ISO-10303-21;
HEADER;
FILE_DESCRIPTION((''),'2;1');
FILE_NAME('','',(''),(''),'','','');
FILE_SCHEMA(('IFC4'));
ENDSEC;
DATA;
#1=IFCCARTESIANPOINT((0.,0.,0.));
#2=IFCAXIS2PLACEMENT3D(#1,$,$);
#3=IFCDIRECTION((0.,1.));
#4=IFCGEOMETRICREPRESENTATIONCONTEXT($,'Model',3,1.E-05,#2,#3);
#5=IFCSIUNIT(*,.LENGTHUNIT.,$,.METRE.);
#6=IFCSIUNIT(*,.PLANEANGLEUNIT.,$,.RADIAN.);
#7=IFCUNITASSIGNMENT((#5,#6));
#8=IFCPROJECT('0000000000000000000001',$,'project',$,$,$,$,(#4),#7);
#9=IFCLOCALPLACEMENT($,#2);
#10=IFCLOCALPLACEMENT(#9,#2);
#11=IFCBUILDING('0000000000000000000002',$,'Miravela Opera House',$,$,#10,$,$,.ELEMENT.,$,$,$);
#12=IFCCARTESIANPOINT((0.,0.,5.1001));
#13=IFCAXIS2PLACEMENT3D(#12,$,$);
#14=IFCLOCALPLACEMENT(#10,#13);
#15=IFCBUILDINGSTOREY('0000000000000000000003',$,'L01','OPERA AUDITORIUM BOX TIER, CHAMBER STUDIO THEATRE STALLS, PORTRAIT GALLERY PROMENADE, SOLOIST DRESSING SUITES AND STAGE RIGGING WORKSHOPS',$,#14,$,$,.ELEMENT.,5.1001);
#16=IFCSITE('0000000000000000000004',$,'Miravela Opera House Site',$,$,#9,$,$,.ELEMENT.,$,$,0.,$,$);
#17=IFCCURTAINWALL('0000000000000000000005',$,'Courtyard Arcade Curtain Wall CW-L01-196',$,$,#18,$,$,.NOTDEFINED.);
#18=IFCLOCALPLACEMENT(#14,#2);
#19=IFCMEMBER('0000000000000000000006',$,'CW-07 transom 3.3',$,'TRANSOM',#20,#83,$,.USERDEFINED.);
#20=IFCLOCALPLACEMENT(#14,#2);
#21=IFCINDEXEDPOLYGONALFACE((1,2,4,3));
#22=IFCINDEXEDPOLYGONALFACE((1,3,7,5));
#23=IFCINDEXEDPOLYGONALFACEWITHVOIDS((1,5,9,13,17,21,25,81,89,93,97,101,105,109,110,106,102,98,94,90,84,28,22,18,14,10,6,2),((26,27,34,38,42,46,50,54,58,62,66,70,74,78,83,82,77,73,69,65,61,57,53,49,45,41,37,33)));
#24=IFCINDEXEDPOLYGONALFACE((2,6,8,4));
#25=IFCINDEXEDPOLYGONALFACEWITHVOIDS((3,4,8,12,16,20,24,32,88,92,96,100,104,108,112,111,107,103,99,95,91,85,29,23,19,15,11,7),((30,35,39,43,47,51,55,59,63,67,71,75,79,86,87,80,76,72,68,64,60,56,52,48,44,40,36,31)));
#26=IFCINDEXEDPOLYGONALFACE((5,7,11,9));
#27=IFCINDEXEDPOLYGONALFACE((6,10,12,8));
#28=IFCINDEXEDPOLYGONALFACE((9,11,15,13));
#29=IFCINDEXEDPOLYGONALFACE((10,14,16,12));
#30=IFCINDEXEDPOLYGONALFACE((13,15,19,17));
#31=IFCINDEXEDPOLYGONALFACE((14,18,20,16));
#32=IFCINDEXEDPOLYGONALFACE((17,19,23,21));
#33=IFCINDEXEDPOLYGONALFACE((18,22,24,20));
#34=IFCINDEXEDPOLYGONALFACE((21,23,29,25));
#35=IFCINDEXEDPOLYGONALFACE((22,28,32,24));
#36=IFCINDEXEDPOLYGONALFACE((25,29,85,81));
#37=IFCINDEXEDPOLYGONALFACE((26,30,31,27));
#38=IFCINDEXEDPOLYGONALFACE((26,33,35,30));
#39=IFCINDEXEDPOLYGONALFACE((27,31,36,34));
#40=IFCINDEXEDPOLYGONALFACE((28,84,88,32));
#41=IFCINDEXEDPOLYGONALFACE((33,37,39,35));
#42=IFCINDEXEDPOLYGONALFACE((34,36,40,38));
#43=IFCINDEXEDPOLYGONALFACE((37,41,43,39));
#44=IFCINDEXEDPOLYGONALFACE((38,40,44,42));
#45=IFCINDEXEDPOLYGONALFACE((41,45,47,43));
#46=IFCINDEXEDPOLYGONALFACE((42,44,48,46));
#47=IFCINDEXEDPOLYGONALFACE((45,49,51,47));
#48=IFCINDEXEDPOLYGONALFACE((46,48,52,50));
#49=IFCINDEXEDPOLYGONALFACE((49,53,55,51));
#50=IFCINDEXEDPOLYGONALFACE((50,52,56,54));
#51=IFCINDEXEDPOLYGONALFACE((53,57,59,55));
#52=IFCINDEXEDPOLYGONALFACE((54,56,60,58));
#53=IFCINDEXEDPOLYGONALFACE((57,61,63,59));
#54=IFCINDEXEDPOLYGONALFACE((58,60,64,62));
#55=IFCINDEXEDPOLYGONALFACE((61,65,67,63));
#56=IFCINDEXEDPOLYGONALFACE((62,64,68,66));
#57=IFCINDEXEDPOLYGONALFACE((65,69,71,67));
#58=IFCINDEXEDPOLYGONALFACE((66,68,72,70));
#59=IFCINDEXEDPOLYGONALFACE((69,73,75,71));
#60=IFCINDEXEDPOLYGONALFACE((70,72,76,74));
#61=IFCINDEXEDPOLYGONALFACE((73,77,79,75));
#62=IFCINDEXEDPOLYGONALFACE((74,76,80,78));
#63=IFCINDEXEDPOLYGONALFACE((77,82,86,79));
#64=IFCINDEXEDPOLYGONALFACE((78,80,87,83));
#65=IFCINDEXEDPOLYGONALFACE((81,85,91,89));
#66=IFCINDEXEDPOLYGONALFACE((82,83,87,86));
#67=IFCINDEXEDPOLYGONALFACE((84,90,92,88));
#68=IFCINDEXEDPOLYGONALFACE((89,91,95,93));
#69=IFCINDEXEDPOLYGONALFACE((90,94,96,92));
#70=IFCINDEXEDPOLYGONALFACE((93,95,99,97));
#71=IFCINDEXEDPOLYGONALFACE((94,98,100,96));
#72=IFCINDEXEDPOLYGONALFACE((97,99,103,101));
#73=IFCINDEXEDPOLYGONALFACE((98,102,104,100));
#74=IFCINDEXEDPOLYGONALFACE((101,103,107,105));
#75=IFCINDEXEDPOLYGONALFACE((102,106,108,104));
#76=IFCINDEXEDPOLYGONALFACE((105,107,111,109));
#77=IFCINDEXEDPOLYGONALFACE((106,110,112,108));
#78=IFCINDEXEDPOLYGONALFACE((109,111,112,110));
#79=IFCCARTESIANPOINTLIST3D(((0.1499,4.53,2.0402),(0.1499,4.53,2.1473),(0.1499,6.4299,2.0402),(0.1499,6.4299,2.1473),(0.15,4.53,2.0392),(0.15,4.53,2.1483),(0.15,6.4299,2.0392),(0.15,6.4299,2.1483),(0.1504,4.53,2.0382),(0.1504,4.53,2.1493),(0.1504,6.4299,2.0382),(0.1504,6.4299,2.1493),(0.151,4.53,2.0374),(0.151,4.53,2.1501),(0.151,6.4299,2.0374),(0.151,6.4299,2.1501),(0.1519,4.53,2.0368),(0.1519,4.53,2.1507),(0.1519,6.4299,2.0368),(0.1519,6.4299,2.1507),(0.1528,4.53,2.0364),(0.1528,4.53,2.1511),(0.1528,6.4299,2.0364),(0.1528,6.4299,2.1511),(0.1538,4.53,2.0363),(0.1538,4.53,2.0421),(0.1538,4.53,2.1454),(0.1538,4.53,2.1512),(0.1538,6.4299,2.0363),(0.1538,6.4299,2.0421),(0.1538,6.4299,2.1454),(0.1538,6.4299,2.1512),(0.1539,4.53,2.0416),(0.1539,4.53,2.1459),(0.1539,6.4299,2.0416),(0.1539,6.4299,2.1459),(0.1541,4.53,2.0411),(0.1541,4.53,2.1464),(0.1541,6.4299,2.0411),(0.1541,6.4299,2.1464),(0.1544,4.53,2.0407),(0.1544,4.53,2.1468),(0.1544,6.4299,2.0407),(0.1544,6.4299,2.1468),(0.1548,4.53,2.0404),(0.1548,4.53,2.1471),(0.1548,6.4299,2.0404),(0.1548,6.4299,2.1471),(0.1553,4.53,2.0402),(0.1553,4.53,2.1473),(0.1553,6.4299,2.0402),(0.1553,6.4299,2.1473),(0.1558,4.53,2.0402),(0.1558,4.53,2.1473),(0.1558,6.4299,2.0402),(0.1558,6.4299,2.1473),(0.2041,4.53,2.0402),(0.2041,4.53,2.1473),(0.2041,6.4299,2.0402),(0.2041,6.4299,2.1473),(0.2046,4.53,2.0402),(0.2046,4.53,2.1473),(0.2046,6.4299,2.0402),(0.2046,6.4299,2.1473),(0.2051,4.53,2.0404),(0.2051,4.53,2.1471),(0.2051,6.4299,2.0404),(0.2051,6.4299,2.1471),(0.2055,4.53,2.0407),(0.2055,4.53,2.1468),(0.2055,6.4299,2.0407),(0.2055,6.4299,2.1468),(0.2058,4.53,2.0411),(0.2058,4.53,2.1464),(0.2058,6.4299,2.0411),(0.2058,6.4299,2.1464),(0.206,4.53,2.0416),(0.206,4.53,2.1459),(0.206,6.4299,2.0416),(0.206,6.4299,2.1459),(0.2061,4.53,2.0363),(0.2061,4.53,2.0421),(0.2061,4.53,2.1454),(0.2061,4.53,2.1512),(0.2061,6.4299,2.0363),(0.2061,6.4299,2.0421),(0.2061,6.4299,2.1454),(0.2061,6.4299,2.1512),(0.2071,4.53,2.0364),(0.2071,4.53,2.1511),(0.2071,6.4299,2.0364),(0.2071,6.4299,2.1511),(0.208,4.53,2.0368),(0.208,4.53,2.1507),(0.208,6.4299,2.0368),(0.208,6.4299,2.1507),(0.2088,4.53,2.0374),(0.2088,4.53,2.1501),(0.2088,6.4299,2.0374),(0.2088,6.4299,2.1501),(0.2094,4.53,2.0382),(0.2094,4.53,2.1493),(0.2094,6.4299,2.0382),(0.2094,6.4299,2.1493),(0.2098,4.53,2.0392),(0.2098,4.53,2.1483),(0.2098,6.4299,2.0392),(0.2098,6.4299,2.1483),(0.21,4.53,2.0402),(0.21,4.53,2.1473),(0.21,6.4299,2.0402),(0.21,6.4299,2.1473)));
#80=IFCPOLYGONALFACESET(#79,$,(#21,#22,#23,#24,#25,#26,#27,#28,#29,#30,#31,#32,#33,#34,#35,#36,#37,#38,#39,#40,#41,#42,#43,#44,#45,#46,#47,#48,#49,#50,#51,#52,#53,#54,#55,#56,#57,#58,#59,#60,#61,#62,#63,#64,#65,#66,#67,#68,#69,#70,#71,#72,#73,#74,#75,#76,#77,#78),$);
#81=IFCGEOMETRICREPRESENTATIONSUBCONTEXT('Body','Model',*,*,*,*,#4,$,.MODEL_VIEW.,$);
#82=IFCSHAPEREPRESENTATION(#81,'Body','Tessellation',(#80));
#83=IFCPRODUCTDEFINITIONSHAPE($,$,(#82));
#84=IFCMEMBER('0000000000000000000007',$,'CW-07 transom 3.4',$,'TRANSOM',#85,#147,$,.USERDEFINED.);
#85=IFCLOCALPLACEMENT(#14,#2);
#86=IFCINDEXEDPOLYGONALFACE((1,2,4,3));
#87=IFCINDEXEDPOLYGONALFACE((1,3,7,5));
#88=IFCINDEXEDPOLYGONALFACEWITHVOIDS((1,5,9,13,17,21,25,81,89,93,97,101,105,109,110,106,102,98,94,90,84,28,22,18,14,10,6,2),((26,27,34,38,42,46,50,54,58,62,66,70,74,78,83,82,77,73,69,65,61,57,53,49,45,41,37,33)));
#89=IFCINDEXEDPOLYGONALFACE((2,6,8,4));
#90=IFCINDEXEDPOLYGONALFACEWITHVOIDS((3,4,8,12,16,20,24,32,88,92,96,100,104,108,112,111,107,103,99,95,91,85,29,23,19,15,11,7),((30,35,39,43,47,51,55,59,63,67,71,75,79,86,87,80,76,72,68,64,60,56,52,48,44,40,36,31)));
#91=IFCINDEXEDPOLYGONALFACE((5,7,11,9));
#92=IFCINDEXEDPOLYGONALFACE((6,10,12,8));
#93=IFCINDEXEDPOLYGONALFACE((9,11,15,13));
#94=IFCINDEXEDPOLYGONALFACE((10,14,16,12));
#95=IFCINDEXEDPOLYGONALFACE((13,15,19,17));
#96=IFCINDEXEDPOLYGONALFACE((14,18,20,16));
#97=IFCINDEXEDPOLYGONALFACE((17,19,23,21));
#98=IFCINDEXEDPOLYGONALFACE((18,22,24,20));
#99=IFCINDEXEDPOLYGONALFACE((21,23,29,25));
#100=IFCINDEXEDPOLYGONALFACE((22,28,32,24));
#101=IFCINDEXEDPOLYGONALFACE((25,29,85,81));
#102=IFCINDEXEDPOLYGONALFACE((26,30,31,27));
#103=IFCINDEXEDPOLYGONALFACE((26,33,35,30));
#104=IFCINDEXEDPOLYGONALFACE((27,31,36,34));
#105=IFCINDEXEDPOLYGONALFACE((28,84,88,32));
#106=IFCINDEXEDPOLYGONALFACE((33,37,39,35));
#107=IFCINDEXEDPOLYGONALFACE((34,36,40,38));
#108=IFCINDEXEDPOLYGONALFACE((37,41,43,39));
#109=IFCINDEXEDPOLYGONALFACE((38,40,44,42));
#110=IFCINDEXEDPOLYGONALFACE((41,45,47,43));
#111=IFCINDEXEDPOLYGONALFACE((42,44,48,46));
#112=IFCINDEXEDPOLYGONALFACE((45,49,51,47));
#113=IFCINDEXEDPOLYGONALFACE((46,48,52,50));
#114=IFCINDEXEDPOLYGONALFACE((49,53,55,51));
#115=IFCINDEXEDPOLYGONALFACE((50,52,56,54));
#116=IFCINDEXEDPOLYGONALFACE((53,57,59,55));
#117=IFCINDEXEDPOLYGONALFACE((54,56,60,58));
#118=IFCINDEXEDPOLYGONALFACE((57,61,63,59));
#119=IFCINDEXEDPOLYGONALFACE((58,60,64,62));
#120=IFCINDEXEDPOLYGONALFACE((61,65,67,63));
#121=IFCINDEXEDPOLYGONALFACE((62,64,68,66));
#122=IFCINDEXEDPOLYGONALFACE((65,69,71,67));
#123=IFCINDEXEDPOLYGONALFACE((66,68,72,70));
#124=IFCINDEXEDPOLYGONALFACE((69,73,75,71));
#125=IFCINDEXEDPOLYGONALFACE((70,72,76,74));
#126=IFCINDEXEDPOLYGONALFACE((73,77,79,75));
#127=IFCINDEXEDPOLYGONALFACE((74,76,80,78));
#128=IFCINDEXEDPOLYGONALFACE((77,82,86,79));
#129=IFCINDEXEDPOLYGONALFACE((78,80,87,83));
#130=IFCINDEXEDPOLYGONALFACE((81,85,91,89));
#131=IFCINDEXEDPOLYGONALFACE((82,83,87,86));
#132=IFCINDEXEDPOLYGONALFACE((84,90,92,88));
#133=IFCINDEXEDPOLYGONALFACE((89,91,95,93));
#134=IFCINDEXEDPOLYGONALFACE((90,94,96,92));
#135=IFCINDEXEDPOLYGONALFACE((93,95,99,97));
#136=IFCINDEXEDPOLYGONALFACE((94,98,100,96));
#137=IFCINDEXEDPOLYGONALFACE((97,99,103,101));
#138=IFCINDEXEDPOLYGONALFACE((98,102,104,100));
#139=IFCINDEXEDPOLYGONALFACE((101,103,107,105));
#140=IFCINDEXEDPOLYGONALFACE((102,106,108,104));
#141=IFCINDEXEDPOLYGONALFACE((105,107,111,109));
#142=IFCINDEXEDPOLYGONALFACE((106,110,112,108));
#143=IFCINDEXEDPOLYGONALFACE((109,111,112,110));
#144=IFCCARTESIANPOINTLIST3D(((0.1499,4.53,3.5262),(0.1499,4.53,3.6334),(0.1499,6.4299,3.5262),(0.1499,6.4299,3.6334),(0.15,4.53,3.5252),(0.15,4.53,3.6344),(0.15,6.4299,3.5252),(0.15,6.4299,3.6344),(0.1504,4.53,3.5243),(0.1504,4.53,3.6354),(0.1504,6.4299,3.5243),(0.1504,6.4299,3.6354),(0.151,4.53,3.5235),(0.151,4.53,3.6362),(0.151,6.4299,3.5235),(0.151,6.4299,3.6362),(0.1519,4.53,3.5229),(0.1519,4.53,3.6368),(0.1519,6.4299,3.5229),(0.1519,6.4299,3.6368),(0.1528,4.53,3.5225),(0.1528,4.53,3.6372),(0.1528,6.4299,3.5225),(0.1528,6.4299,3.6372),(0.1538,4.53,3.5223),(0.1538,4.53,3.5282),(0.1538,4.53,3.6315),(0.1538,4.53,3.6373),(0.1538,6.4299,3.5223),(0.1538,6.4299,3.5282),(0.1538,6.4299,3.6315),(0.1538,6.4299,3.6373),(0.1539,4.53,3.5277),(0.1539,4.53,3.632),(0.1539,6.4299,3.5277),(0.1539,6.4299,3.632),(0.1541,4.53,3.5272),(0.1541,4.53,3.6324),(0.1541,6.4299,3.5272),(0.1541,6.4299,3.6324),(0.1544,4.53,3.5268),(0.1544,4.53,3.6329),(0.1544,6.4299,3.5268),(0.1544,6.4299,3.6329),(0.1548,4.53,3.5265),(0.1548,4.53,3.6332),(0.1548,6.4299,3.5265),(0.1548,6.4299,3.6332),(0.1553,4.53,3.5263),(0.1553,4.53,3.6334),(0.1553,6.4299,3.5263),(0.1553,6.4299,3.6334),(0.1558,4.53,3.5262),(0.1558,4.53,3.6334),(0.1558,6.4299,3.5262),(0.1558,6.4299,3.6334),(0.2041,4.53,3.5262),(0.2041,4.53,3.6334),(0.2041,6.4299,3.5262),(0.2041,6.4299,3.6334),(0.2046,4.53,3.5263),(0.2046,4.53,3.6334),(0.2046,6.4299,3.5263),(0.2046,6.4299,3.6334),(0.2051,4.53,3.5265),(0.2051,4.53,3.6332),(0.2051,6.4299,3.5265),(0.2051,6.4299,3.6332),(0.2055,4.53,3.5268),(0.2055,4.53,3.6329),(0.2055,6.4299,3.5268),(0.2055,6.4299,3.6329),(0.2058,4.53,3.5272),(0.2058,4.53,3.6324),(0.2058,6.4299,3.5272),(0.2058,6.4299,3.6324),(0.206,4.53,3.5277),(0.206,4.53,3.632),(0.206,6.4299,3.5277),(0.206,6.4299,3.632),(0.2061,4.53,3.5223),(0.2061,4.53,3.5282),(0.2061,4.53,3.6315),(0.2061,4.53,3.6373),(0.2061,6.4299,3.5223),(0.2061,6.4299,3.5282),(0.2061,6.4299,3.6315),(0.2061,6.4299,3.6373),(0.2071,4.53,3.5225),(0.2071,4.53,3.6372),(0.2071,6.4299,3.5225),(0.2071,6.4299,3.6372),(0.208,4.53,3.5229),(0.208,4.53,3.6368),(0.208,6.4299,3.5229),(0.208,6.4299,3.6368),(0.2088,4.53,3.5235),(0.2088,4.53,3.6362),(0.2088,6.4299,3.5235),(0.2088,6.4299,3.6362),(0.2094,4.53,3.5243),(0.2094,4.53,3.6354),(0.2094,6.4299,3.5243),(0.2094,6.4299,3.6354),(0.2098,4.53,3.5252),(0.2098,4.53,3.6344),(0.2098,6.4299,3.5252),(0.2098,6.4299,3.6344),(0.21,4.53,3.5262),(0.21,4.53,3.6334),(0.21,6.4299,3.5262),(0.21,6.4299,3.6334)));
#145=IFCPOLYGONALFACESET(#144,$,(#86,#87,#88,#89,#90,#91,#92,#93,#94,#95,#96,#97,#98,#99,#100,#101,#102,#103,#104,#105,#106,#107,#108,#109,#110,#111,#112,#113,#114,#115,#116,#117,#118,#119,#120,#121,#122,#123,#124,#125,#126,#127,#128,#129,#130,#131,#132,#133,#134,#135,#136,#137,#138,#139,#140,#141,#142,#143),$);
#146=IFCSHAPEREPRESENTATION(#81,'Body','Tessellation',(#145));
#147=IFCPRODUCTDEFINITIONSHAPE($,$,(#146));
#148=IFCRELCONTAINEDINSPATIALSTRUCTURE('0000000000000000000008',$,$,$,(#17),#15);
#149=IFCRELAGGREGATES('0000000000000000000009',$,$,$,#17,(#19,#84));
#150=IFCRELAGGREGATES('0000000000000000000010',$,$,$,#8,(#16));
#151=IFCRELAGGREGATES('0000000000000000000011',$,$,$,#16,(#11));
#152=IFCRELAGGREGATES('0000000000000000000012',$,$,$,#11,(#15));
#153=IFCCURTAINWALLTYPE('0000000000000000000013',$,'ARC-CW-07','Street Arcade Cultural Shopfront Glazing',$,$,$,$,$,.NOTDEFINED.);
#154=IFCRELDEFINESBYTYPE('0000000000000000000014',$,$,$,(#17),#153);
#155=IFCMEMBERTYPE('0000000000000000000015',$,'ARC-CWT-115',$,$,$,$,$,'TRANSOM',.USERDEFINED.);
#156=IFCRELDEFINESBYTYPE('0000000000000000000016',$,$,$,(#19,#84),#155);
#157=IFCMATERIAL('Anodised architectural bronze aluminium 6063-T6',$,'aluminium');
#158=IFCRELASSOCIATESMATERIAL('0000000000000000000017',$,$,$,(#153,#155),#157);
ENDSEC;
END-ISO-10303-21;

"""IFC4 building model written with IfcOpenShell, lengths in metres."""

from ifc_helpers import new_model, si_unit, direction, frame, origin, origin_2d, place, context, subcontext, project, spatial, hollow_rectangle, extrude, material, material_profile, profile_set, type_object, element, aggregate, save


model = new_model("IFC4")

# Units and contexts
model_context = context("Model", 3, precision=1e-05, world=origin(), true_north=direction((0.0, 1.0)))
body_context = subcontext(model_context, "Body", "Model", "MODEL_VIEW")
ifc_project = project(units=[si_unit("LENGTHUNIT", "METRE"), si_unit("PLANEANGLEUNIT", "RADIAN")], contexts=[model_context])

# Site, building, storey
site_placement = place(None, origin())
site = spatial("IfcSite", under=ifc_project, at=site_placement, Name="Miravela Opera House Site", CompositionType="ELEMENT", RefElevation=0.0)
building_placement = place(site_placement, origin())
building = spatial("IfcBuilding", under=site, at=building_placement, Name="Miravela Opera House", CompositionType="ELEMENT")
storey_placement = place(building_placement, frame((0.0, 0.0, 5.1001)))
storey = spatial("IfcBuildingStorey", under=building, at=storey_placement, Name="L01", Description="OPERA AUDITORIUM BOX TIER, CHAMBER STUDIO THEATRE STALLS, PORTRAIT GALLERY PROMENADE, SOLOIST DRESSING SUITES AND STAGE RIGGING WORKSHOPS", CompositionType="ELEMENT", Elevation=5.1001)

# Curtain wall
ifc_material_1 = material(Name="Anodised architectural bronze aluminium 6063-T6", Category="aluminium")
curtain_wall_type = type_object("IfcCurtainWallType", Name="ARC-CW-07", Description="Street Arcade Cultural Shopfront Glazing", PredefinedType="NOTDEFINED", material=ifc_material_1)
curtain_wall_1_placement = place(storey_placement, origin())
curtain_wall_1 = element("IfcCurtainWall", 1, at=curtain_wall_1_placement, inside=storey, type_object=curtain_wall_type, Name="Courtyard Arcade Curtain Wall CW-L01-196", PredefinedType="NOTDEFINED")

# Members
ifc_material_profile_1 = material_profile(ifc_material_1, hollow_rectangle(XDim=0.0601, YDim=0.115, WallThickness=0.0039, InnerFilletRadius=0.002, OuterFilletRadius=0.0039, at=origin_2d()), Name="CWT-60X115")
ifc_profile_set_1 = profile_set([ifc_material_profile_1])
member_type_1 = type_object("IfcMemberType", Name="ARC-CWT-115", ElementType="TRANSOM", PredefinedType="USERDEFINED", material=ifc_profile_set_1)
member_1_placement = place(storey_placement, frame((0.1799, 4.53, 2.0938), z_axis=(0.0, 1.0, 0.0), x_axis=(-1.0, 0.0, 0.0)))
member_1 = element("IfcMember", 2, at=member_1_placement, type_object=member_type_1, Name="CW-07 transom 3.3", ObjectType="TRANSOM", PredefinedType="USERDEFINED", context=body_context, shape_type="SweptSolid", body=[
    extrude(hollow_rectangle(XDim=0.0601, YDim=0.115, WallThickness=0.0039, InnerFilletRadius=0.002, OuterFilletRadius=0.0039, at=origin_2d()), origin(), (0.0, 0.0, 1.0), 1.8999),
])
member_2_placement = place(storey_placement, frame((0.1799, 4.53, 3.5798), z_axis=(0.0, 1.0, 0.0), x_axis=(-1.0, 0.0, 0.0)))
member_2 = element("IfcMember", 3, at=member_2_placement, type_object=member_type_1, Name="CW-07 transom 3.4", ObjectType="TRANSOM", PredefinedType="USERDEFINED", context=body_context, shape_type="SweptSolid", body=[
    extrude(hollow_rectangle(XDim=0.0601, YDim=0.115, WallThickness=0.0039, InnerFilletRadius=0.002, OuterFilletRadius=0.0039, at=origin_2d()), origin(), (0.0, 0.0, 1.0), 1.8999),
])

aggregate(curtain_wall_1, [member_1, member_2])

save(model, "model.ifc")
